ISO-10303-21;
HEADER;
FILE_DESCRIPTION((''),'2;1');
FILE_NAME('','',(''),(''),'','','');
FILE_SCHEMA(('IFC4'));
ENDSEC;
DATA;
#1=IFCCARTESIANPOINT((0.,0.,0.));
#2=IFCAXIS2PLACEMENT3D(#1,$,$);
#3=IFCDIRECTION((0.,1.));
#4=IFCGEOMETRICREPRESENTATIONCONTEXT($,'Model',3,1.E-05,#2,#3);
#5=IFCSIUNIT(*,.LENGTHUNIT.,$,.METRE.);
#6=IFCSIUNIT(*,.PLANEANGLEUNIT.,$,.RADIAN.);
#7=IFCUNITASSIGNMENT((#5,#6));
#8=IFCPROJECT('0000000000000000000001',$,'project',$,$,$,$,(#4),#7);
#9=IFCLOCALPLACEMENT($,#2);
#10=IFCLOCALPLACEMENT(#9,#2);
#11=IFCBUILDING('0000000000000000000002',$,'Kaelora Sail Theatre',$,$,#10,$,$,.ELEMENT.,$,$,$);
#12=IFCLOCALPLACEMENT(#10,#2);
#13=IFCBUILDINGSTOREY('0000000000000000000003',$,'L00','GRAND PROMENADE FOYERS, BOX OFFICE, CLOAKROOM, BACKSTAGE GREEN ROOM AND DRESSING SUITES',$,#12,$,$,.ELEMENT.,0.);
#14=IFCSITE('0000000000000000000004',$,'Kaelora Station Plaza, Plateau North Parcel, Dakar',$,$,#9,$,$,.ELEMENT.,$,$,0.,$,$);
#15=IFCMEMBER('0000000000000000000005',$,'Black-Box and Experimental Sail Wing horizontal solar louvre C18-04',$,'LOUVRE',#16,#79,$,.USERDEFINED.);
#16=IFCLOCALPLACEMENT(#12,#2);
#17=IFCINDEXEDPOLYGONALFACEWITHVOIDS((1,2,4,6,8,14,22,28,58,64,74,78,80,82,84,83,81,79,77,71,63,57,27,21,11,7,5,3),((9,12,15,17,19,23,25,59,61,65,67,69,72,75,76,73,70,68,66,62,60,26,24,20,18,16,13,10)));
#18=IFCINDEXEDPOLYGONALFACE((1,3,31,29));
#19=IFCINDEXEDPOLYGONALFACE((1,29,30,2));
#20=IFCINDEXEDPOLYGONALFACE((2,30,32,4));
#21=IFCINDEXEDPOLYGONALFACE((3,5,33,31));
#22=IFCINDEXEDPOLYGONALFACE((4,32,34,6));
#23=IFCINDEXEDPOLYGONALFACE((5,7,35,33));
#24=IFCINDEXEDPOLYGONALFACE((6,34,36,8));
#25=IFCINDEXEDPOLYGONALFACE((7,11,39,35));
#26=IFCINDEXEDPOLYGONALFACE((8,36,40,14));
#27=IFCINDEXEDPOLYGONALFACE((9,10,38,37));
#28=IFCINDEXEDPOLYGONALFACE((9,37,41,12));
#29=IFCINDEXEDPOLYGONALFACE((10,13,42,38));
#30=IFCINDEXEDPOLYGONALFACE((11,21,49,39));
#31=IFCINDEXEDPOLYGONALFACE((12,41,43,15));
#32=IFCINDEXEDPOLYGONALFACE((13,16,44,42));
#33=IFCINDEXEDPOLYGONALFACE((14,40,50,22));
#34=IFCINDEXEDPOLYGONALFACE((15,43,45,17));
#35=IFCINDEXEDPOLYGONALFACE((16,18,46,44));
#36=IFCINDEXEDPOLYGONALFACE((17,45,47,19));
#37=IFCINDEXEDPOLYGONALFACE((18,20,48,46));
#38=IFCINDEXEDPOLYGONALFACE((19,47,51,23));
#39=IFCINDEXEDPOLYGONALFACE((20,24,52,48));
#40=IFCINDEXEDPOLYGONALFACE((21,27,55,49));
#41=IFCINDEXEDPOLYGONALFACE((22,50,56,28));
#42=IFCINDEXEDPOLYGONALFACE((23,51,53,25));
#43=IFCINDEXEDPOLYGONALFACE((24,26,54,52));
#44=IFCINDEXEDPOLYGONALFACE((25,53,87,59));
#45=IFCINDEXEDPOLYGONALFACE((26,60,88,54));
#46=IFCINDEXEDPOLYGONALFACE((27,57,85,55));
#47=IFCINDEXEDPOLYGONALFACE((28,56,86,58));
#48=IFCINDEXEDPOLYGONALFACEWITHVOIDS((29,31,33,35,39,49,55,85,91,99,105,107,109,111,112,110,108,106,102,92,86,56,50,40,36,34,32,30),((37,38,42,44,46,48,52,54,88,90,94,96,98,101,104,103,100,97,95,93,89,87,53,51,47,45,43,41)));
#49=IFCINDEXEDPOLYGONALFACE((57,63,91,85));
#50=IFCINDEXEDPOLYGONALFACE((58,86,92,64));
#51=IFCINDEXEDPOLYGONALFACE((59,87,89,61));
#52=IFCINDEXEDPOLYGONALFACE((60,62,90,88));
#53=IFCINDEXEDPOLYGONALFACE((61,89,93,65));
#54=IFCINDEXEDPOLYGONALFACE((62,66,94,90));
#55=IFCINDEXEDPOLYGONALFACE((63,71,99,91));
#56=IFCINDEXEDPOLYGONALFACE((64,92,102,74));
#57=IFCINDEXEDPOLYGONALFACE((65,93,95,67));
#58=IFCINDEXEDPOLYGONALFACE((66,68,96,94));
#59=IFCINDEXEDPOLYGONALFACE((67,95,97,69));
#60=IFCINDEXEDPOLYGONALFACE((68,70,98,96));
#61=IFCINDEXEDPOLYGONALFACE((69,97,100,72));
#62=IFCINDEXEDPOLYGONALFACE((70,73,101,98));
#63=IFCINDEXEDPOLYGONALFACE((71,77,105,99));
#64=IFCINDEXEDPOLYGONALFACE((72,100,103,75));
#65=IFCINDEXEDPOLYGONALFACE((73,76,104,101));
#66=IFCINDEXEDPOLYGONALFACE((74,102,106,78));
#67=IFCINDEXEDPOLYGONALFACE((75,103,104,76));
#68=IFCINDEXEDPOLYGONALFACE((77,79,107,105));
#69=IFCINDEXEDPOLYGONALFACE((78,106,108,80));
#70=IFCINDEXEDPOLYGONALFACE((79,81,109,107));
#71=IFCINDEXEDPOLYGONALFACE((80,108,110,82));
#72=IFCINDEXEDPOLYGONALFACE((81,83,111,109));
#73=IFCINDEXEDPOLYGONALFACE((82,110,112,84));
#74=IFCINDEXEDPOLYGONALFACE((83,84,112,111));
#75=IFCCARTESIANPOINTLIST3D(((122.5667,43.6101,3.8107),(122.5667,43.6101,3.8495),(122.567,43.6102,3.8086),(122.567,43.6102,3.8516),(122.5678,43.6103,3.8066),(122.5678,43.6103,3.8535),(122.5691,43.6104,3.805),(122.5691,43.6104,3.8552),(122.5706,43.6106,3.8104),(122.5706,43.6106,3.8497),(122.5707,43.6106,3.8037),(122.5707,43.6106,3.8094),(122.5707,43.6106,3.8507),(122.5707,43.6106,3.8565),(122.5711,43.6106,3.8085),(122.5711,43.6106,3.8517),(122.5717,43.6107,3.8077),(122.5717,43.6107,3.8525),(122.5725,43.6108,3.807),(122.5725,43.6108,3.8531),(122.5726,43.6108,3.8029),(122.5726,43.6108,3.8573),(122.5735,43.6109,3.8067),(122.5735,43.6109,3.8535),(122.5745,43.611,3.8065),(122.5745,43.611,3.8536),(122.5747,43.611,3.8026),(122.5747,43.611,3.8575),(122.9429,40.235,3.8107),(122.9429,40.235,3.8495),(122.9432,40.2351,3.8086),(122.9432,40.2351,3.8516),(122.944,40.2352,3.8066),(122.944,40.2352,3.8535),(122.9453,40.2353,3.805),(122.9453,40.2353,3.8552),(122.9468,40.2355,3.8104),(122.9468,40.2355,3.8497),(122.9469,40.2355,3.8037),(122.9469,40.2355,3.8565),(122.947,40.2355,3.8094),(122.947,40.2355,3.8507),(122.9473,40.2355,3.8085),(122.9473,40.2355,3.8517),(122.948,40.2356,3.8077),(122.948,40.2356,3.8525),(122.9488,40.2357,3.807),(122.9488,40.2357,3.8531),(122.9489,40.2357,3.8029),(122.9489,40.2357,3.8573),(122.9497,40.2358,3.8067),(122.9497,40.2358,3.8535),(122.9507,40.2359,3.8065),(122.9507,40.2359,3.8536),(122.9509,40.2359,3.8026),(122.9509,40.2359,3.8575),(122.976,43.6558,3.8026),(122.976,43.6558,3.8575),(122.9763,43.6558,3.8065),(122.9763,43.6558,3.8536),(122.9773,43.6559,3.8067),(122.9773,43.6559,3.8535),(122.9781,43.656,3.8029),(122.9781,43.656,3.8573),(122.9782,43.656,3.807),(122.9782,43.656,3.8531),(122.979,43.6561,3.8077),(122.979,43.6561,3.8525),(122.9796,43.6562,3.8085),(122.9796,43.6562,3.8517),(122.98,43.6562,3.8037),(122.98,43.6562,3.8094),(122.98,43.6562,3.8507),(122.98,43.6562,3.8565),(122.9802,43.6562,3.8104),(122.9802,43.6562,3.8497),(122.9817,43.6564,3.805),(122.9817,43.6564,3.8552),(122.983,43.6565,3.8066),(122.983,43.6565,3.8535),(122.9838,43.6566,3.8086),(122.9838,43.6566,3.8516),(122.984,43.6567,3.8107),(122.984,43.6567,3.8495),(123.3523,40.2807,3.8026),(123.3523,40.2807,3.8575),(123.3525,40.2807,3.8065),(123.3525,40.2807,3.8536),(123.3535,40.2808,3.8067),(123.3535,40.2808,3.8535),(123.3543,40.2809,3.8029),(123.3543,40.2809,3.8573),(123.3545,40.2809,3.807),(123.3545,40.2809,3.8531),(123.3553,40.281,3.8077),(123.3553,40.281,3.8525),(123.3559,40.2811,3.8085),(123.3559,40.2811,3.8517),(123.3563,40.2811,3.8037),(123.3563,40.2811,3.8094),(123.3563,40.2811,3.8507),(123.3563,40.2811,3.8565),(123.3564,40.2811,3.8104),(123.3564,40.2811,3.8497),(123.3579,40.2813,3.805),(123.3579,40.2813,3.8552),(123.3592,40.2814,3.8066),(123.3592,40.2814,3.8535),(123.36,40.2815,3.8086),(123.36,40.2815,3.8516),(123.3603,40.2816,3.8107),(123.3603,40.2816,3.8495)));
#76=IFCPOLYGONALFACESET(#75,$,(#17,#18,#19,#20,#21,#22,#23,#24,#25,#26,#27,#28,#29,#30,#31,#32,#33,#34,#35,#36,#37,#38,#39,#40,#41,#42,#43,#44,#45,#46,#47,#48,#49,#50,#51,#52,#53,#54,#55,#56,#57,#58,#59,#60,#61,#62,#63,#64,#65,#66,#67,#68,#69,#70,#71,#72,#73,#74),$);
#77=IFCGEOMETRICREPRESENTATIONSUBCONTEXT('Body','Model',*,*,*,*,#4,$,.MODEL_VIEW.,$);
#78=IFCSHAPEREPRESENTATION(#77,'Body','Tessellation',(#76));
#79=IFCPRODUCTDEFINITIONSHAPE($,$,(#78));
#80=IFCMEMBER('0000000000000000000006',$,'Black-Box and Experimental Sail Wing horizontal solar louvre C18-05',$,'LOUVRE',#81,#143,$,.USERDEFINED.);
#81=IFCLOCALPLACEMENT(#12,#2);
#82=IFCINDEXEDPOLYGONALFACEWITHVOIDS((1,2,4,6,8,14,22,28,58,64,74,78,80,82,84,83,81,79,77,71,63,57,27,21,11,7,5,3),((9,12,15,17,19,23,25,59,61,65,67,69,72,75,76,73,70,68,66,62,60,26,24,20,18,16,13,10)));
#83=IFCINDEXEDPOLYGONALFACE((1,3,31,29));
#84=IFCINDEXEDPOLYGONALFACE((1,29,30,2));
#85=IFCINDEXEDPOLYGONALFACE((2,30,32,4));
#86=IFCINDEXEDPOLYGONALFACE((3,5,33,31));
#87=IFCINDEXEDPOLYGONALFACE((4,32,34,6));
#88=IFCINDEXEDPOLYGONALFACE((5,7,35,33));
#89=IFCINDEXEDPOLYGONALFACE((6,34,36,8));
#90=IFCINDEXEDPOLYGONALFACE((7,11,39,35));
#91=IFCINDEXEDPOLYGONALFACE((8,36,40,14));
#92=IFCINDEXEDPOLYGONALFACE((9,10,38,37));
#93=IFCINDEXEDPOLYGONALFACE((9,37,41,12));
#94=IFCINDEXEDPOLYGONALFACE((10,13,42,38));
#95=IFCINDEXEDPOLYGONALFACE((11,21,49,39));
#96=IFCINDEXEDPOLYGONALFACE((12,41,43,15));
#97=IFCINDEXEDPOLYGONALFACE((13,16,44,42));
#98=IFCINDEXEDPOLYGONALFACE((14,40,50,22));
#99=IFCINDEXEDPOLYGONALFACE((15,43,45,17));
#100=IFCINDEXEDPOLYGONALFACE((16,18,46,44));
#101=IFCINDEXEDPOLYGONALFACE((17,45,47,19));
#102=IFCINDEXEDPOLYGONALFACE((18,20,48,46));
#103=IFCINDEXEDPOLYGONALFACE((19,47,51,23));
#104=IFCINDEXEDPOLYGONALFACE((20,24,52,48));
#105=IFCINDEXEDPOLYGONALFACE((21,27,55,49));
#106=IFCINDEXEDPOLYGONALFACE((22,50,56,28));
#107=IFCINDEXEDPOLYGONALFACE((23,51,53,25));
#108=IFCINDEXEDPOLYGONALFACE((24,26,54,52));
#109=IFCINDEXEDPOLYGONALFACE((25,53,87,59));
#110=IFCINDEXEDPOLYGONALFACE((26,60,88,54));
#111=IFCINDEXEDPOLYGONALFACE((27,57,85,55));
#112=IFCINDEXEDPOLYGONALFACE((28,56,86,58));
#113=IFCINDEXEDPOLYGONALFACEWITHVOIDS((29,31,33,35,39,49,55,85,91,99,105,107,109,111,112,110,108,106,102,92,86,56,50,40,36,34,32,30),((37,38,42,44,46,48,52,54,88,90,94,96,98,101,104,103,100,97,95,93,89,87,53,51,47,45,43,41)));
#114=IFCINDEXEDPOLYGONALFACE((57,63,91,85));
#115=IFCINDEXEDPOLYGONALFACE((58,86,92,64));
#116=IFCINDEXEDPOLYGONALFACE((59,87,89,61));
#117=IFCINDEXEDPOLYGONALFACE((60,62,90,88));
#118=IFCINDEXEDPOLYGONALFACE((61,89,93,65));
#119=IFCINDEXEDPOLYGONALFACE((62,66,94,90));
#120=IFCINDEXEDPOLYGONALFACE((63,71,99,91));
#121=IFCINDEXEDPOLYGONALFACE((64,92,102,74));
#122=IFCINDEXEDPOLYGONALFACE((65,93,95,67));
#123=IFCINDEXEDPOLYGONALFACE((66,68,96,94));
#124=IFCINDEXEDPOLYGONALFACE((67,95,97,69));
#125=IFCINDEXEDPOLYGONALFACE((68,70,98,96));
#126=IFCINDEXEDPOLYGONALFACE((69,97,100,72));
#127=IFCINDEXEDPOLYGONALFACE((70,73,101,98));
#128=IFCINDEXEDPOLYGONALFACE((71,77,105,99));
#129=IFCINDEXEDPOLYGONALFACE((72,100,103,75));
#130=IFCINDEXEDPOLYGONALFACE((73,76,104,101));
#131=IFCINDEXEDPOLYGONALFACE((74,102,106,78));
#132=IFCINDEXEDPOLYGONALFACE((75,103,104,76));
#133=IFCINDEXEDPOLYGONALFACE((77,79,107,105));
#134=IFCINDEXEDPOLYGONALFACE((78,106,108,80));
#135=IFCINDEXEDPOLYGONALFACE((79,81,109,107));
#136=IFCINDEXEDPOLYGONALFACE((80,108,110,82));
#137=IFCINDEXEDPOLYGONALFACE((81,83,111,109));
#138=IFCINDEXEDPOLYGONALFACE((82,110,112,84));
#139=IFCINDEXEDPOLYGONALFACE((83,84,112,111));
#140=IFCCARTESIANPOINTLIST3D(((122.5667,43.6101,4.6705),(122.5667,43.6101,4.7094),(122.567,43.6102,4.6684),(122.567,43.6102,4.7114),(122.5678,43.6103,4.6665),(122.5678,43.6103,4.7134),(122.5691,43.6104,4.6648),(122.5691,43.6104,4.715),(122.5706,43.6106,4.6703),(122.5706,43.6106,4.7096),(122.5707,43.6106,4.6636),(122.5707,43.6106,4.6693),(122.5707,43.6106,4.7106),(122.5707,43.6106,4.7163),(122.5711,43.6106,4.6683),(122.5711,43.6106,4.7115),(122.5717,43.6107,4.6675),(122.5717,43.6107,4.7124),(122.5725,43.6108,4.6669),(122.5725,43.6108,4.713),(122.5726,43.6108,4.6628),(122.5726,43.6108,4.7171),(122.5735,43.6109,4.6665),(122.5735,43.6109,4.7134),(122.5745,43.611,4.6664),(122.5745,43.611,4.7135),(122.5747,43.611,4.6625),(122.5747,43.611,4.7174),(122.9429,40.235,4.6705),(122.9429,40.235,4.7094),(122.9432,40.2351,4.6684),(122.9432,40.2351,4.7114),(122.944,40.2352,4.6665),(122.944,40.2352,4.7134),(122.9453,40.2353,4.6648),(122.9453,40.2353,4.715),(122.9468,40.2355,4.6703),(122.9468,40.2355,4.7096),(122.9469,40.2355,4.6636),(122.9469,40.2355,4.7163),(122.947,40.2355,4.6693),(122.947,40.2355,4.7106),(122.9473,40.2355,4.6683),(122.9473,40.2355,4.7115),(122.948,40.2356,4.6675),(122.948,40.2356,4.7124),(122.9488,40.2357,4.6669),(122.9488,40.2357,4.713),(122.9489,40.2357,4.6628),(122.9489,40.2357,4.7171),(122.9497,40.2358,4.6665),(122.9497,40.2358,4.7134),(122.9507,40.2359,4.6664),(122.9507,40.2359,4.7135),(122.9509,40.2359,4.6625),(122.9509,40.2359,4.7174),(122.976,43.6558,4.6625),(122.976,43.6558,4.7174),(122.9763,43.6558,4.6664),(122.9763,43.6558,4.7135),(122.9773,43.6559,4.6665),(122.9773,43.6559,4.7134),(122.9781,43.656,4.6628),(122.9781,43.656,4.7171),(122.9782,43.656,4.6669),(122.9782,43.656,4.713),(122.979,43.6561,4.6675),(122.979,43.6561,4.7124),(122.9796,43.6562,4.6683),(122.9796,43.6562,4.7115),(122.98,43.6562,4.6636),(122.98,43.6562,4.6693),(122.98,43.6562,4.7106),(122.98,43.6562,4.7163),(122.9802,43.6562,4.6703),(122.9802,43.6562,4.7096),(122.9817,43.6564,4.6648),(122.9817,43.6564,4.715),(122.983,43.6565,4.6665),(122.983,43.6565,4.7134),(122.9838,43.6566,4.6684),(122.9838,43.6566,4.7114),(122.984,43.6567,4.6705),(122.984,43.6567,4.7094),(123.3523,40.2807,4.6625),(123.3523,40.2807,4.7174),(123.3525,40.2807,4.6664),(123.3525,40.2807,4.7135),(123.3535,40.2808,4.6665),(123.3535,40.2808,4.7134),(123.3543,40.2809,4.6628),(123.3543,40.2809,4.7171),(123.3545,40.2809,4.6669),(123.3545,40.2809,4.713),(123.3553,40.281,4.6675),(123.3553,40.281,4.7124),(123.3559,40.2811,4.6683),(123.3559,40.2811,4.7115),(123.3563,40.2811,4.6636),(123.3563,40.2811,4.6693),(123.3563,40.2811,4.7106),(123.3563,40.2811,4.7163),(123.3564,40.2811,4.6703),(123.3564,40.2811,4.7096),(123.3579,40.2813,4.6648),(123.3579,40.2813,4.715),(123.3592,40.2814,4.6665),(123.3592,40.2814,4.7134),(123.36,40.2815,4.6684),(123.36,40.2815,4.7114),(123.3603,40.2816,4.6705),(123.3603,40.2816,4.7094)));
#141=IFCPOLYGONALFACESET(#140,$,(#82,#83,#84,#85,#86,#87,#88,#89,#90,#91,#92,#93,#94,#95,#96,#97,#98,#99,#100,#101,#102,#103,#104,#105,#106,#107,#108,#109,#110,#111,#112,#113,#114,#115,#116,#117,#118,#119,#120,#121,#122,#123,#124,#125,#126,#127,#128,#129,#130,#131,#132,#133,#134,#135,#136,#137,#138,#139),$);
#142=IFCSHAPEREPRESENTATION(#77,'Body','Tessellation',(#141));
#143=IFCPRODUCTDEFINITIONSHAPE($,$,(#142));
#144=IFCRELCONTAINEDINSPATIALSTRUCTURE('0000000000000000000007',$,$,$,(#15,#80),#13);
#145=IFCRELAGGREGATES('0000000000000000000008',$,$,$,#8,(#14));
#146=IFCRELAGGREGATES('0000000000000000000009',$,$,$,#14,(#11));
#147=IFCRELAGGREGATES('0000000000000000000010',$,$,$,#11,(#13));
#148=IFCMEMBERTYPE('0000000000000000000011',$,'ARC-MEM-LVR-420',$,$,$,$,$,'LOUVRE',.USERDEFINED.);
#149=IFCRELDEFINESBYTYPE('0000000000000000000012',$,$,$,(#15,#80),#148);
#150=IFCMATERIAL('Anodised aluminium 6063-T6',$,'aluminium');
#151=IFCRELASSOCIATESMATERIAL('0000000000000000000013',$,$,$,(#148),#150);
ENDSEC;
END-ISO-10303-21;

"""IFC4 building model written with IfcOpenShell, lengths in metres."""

from ifc_helpers import new_model, si_unit, direction, frame, origin, origin_2d, place, context, subcontext, project, spatial, hollow_rectangle, extrude, material, material_profile, profile_set, type_object, element, save


model = new_model("IFC4")

# Units and contexts
model_context = context("Model", 3, precision=1e-05, world=origin(), true_north=direction((0.0, 1.0)))
body_context = subcontext(model_context, "Body", "Model", "MODEL_VIEW")
ifc_project = project(units=[si_unit("LENGTHUNIT", "METRE"), si_unit("PLANEANGLEUNIT", "RADIAN")], contexts=[model_context])

# Site, building, storey
site_placement = place(None, origin())
site = spatial("IfcSite", under=ifc_project, at=site_placement, Name="Kaelora Station Plaza, Plateau North Parcel, Dakar", CompositionType="ELEMENT", RefElevation=0.0)
building_placement = place(site_placement, origin())
building = spatial("IfcBuilding", under=site, at=building_placement, Name="Kaelora Sail Theatre", CompositionType="ELEMENT")
storey_placement = place(building_placement, origin())
storey = spatial("IfcBuildingStorey", under=building, at=storey_placement, Name="L00", Description="GRAND PROMENADE FOYERS, BOX OFFICE, CLOAKROOM, BACKSTAGE GREEN ROOM AND DRESSING SUITES", CompositionType="ELEMENT", Elevation=0.0)

# Members
ifc_material_1 = material(Name="Anodised aluminium 6063-T6", Category="aluminium")
ifc_material_profile_1 = material_profile(ifc_material_1, hollow_rectangle(XDim=0.4199, YDim=0.0549, WallThickness=0.0039, InnerFilletRadius=0.0039, OuterFilletRadius=0.0081, at=origin_2d()), Name="LOUVRE 420x55x4")
ifc_profile_set_1 = profile_set([ifc_material_profile_1], Name="Anodised aluminium 6063-T6")
member_type_1 = type_object("IfcMemberType", Name="ARC-MEM-LVR-420", ElementType="LOUVRE", PredefinedType="USERDEFINED", material=ifc_profile_set_1)
for number, where, z_axis, x_axis, name in (
    (1, (123.1516, 40.2583, 3.8301), (-0.110787, 0.993844, 0.0), (-0.993844, -0.110787, 0.0), "Black-Box and Experimental Sail Wing horizontal solar louvre C18-04"),
    (2, (123.1516, 40.2583, 4.6899), (-0.110787, 0.993844, 0.0), (-0.993844, -0.110787, 0.0), "Black-Box and Experimental Sail Wing horizontal solar louvre C18-05"),
):
    element("IfcMember", number, at=place(storey_placement, frame(where, z_axis=z_axis, x_axis=x_axis)), inside=storey, type_object=member_type_1, Name=name, ObjectType="LOUVRE", PredefinedType="USERDEFINED", context=body_context, shape_type="SweptSolid", body=[
        extrude(hollow_rectangle(XDim=0.4199, YDim=0.0549, WallThickness=0.0039, InnerFilletRadius=0.0039, OuterFilletRadius=0.0081, at=origin_2d()), origin(), (0.0, 0.0, 1.0), 3.396),
    ])

save(model, "model.ifc")
